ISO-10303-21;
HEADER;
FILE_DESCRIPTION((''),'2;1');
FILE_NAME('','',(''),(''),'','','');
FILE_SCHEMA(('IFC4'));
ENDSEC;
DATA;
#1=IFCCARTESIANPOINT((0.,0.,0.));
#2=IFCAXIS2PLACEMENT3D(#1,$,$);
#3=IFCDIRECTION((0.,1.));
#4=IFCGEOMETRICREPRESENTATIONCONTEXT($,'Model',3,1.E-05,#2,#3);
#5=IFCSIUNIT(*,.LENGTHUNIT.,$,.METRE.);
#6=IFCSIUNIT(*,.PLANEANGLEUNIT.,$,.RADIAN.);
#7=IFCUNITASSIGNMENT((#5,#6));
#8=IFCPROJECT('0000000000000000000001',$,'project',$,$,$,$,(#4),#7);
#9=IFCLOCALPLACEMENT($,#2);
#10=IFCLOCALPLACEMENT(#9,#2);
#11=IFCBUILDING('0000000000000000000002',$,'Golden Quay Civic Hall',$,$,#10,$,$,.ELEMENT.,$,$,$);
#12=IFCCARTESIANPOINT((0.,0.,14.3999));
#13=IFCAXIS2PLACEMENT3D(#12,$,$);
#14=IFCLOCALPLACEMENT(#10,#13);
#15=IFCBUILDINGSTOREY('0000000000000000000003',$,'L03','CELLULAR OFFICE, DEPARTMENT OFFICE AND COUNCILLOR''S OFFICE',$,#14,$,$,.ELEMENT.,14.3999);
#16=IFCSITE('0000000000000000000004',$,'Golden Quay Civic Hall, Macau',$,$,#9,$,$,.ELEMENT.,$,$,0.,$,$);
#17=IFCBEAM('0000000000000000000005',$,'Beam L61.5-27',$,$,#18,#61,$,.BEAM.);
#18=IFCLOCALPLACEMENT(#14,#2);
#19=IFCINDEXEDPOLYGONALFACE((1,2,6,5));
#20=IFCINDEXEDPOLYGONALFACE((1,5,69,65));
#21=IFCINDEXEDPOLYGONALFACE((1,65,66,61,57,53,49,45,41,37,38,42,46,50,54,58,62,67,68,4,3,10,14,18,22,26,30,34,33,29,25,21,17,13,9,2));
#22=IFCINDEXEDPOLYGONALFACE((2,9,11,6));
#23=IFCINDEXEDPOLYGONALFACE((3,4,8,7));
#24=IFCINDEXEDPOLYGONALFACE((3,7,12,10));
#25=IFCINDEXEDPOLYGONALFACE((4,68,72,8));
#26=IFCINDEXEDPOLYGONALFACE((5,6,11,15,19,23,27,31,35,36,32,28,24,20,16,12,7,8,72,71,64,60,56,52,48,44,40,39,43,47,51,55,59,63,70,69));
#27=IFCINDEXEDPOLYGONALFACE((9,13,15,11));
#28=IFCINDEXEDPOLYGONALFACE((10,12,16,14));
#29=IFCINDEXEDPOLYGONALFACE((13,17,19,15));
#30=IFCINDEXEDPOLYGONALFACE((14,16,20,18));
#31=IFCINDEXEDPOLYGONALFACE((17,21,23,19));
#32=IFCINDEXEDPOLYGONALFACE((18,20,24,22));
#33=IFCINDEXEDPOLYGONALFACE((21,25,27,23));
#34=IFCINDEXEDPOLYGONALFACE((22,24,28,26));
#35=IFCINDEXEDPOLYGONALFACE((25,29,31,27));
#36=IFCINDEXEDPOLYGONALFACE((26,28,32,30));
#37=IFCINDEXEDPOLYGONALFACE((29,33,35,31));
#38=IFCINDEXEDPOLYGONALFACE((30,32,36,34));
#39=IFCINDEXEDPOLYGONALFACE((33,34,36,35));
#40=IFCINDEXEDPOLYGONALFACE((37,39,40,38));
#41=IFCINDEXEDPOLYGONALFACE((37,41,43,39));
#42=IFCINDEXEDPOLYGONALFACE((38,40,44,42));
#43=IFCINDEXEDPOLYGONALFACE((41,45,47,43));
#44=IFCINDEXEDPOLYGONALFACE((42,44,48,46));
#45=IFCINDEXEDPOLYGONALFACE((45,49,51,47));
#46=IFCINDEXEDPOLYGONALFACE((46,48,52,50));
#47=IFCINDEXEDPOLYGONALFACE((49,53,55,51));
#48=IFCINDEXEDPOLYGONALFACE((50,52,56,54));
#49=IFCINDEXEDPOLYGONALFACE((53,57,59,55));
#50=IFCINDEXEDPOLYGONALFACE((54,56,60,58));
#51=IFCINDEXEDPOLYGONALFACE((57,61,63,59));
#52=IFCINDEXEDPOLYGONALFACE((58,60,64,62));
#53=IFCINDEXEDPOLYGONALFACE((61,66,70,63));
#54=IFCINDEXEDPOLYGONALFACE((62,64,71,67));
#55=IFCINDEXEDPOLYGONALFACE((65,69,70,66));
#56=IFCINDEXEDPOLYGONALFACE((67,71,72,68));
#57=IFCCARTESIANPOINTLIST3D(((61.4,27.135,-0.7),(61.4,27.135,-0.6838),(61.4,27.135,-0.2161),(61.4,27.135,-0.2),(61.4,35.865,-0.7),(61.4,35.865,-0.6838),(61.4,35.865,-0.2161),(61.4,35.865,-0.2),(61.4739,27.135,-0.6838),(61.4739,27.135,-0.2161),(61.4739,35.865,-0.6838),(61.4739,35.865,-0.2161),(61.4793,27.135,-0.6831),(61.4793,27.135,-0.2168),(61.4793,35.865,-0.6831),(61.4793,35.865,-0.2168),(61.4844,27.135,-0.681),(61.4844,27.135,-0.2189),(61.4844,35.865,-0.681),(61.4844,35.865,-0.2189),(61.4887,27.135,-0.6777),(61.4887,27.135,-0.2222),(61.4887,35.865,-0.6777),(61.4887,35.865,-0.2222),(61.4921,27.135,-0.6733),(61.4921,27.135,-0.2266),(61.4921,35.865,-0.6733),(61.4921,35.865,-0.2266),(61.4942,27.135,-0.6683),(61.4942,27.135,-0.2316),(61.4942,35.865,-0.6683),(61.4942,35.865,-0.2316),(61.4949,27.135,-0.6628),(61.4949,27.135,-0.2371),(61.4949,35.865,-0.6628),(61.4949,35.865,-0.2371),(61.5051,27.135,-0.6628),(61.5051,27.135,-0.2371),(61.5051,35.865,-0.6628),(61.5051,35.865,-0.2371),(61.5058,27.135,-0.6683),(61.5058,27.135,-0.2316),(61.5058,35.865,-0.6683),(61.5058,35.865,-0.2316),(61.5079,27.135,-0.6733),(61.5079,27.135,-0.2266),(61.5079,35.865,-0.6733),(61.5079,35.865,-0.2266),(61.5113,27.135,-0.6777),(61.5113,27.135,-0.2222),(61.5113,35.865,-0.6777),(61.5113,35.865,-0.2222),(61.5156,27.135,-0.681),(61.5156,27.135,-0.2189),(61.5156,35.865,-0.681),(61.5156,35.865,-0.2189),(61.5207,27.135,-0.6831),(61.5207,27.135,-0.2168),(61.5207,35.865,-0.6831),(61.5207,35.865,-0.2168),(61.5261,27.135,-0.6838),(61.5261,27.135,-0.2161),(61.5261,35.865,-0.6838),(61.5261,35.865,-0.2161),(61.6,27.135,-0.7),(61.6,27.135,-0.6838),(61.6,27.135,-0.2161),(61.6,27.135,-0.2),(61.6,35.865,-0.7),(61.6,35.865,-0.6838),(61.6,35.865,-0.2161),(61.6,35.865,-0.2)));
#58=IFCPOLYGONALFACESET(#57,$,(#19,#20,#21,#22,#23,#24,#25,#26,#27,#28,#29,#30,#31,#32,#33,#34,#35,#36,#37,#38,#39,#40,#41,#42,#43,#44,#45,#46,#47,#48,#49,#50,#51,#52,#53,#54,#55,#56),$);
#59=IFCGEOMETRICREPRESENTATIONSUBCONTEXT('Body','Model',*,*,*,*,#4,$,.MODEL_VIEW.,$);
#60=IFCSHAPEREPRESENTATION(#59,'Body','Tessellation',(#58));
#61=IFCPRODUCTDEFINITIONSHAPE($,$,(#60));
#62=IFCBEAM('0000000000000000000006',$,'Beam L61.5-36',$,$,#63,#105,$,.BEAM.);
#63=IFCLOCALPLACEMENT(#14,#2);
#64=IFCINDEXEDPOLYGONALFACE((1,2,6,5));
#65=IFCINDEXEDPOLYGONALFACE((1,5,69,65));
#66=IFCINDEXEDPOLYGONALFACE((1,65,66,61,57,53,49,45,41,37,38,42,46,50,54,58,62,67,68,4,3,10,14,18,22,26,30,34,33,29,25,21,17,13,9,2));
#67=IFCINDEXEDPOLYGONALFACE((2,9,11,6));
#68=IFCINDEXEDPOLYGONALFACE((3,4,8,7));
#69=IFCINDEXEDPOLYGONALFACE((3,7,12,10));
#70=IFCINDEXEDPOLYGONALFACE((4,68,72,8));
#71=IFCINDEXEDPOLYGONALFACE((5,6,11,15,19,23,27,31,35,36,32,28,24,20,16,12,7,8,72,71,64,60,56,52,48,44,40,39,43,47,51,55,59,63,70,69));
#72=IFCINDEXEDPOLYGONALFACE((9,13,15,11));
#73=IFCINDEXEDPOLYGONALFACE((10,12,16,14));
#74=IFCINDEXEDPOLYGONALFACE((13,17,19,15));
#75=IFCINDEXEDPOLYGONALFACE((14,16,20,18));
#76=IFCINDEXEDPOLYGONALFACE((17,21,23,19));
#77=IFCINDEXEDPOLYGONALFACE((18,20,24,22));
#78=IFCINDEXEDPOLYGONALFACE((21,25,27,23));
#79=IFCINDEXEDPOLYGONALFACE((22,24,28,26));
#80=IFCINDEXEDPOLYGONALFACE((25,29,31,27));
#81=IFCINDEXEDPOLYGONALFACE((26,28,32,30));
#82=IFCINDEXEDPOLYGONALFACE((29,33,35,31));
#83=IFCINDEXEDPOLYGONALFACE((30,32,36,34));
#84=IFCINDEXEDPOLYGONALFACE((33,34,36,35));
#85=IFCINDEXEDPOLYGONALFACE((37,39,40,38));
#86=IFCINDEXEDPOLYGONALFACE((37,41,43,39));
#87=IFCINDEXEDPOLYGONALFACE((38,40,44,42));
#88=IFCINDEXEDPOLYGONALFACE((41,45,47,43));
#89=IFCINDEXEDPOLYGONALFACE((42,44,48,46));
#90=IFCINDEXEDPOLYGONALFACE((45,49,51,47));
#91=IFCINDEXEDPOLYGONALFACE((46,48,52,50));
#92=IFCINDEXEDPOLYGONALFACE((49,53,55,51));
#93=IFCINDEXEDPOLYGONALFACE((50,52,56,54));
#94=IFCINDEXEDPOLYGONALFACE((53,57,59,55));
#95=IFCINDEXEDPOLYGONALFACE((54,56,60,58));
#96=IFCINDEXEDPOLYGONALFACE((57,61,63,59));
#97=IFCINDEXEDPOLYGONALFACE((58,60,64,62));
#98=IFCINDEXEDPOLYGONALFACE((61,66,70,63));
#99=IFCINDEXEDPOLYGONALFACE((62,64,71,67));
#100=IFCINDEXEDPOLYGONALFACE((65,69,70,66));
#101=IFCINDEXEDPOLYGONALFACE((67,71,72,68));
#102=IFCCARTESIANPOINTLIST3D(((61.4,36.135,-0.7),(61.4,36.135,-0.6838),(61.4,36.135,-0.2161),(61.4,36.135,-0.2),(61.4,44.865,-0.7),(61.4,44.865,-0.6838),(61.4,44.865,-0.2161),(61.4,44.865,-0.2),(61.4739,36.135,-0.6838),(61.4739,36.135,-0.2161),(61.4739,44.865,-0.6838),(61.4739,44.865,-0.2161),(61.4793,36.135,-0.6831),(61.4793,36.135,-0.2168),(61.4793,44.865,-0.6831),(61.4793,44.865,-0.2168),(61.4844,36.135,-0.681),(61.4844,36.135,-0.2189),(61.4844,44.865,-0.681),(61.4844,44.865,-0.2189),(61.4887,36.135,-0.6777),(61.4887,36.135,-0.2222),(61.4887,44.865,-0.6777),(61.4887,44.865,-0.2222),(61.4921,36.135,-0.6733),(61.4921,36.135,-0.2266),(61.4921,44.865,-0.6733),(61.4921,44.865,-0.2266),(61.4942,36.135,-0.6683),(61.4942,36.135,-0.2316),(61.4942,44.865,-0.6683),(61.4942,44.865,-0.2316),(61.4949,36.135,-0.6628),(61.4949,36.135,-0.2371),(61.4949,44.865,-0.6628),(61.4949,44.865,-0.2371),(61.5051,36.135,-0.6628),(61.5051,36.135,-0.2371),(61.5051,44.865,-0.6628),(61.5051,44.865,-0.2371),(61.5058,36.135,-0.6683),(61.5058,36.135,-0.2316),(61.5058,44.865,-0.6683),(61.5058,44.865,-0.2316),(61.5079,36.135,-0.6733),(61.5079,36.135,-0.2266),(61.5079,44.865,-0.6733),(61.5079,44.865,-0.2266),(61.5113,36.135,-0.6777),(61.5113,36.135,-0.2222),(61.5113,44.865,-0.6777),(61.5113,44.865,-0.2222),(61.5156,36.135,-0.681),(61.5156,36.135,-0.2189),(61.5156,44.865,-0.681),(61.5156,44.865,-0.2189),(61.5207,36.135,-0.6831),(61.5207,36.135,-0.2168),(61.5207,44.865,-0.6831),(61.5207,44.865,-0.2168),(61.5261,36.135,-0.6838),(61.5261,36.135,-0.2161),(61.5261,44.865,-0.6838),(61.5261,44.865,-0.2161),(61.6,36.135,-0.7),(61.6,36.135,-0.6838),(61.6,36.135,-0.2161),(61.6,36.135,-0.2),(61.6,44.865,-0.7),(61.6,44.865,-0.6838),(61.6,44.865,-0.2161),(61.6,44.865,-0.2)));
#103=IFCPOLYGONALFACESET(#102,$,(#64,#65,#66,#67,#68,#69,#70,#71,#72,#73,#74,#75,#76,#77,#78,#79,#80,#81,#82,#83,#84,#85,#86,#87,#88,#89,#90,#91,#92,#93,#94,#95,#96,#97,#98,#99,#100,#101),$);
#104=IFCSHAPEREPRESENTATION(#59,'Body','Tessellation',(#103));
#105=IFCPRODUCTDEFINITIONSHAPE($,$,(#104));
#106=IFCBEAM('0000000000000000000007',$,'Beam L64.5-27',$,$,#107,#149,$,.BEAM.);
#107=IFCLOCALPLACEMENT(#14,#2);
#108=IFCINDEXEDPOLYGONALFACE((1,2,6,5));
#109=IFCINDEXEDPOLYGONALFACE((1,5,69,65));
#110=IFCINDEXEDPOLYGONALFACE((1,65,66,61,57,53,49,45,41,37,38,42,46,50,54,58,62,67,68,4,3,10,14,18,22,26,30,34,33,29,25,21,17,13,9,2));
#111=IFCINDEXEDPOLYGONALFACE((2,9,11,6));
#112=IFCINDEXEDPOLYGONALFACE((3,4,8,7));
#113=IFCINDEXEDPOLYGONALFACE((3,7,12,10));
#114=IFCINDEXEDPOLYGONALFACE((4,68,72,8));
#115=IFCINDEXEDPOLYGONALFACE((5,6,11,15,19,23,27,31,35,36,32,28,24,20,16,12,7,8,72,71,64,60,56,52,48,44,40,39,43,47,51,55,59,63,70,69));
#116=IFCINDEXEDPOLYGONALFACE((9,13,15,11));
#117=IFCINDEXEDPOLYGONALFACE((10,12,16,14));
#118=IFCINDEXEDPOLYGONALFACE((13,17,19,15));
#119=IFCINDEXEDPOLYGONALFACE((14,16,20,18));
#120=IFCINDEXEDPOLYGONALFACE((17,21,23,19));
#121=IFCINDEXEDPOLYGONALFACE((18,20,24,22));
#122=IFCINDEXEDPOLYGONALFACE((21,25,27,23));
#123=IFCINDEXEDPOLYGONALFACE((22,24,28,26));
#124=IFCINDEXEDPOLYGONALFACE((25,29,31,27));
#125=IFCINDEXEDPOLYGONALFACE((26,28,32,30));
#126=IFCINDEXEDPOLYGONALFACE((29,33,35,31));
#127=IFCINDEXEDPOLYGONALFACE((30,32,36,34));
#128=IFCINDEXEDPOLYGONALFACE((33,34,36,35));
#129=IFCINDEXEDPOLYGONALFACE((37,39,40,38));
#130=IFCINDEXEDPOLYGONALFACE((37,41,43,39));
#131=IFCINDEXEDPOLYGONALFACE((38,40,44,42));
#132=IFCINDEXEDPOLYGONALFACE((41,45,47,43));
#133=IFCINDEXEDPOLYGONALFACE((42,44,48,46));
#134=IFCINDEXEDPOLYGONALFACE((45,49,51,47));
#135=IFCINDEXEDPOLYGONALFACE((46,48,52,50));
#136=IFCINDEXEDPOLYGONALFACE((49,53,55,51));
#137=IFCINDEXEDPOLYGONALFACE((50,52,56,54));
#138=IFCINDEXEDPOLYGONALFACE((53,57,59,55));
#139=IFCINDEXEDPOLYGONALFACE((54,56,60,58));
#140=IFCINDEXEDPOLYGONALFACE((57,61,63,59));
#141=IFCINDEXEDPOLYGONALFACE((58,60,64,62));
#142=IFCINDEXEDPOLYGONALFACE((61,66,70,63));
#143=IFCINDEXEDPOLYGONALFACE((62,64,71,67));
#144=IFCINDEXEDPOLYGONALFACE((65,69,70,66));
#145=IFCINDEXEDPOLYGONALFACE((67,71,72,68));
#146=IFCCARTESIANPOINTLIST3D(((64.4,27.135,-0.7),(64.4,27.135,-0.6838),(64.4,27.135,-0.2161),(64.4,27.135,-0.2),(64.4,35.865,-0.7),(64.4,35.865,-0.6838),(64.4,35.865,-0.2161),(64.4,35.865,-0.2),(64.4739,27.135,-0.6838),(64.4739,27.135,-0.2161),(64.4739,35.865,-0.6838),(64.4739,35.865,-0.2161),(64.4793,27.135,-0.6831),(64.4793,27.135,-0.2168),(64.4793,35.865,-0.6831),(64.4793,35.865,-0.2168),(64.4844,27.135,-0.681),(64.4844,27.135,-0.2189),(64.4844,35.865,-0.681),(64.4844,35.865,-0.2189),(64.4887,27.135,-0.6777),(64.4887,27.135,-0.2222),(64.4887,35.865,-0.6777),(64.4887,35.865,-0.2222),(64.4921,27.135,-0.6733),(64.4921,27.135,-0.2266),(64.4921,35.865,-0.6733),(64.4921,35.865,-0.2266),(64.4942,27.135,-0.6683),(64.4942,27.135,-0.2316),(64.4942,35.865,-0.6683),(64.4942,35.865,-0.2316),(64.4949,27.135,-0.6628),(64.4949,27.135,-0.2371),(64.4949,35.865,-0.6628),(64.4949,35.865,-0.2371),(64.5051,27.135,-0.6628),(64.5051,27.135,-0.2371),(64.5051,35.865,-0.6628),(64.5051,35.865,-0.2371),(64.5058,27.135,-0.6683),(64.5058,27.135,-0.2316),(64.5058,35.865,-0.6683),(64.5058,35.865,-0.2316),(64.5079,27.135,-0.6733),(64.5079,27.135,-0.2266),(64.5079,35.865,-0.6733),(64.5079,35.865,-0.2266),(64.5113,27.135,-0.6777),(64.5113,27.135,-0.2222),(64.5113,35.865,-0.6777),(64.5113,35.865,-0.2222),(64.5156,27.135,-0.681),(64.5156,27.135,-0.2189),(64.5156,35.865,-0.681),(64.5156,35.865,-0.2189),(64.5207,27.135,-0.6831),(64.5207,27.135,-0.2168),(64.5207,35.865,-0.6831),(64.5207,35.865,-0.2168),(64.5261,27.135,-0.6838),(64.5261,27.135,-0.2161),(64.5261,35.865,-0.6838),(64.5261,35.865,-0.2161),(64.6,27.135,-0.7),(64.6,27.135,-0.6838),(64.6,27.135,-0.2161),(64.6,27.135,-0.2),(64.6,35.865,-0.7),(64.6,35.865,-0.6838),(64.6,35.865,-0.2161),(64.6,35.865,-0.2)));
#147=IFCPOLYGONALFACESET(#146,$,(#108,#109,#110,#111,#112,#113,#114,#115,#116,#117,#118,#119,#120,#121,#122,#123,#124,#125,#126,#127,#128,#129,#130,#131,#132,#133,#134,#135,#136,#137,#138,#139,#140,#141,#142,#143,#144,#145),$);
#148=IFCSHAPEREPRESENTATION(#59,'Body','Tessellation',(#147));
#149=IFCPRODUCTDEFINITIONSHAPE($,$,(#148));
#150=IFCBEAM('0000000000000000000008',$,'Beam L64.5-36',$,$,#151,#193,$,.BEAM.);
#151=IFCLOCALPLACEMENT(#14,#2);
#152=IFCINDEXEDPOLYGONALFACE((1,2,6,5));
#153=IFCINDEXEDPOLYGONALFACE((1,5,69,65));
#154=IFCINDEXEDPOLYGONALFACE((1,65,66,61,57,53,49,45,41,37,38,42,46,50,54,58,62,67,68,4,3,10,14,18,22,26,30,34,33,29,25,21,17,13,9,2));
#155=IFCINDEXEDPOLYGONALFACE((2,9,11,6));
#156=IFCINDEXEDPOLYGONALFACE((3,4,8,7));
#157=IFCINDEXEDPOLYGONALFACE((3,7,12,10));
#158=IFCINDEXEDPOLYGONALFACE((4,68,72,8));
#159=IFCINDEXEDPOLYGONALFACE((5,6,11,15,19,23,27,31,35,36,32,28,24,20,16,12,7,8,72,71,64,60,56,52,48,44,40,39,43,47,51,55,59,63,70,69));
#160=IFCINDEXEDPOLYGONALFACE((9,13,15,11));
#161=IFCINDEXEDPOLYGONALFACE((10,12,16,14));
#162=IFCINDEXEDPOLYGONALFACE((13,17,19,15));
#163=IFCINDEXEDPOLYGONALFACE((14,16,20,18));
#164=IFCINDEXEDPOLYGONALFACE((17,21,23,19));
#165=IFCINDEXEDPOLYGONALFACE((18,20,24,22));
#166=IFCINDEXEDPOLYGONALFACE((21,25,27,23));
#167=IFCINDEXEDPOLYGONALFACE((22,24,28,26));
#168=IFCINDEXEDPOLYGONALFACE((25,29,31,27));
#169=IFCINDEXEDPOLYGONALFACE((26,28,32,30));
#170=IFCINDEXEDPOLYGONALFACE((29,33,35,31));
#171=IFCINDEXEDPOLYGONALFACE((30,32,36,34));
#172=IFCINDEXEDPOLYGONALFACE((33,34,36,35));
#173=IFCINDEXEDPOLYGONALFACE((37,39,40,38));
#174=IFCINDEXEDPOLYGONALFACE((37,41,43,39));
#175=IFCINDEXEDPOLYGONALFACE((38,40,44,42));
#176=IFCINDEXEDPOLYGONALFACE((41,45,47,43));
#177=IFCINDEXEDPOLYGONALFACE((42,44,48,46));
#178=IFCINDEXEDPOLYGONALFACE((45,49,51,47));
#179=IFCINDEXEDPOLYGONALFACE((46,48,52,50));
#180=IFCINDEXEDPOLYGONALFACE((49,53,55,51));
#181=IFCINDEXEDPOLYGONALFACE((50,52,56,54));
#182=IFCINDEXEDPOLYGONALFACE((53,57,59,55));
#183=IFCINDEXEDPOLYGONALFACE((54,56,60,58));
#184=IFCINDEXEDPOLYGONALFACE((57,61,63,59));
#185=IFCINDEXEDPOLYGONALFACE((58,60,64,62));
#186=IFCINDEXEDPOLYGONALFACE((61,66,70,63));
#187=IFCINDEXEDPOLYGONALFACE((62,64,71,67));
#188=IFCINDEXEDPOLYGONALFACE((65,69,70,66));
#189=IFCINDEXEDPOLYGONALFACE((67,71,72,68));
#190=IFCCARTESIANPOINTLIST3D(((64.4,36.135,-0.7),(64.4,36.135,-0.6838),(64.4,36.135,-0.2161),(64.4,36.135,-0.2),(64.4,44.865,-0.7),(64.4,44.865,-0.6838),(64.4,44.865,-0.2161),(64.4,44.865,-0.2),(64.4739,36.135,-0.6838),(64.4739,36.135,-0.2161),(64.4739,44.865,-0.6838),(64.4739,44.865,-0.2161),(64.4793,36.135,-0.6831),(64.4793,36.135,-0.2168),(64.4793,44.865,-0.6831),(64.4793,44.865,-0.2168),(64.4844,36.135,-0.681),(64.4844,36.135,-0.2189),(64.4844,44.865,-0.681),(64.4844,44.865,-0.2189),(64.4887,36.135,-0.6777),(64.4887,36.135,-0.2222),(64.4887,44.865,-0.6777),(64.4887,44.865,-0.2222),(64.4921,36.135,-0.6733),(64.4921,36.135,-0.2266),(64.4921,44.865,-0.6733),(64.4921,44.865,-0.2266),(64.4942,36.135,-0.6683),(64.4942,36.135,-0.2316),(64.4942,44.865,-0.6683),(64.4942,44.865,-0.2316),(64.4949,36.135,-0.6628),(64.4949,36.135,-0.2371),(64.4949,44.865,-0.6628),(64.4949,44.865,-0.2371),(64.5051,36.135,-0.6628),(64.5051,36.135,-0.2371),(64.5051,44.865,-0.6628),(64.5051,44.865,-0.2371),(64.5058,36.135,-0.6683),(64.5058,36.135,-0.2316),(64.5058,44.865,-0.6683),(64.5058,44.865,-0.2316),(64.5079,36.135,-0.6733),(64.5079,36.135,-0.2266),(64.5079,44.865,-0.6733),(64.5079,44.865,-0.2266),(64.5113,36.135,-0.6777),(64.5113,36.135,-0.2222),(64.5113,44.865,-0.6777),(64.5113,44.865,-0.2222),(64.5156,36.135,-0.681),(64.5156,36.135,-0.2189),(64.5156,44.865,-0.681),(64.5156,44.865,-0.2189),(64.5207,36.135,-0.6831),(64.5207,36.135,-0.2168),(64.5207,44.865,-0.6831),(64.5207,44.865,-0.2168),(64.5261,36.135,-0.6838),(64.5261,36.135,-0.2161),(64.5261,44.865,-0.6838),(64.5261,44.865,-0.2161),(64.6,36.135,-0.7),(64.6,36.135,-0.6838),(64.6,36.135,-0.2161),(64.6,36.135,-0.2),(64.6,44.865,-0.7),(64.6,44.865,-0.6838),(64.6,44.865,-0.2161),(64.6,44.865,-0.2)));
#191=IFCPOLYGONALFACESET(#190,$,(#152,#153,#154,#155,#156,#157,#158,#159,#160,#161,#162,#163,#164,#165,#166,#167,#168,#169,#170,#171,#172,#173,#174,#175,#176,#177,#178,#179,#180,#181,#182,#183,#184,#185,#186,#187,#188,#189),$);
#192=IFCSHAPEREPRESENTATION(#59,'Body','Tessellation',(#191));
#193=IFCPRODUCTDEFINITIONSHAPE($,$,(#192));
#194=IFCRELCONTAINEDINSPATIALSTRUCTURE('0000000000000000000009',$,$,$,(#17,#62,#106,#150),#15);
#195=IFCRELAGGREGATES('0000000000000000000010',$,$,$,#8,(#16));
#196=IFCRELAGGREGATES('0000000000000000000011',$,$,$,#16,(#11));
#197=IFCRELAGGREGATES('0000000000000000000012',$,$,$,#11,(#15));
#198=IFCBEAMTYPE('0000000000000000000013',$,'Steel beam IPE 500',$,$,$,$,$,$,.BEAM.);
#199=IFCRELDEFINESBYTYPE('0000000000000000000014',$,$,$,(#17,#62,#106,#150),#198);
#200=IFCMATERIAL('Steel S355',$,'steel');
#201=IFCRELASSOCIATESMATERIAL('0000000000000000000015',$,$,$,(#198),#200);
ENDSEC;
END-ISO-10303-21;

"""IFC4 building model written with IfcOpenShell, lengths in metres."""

from ifc_helpers import new_model, si_unit, direction, frame, origin, origin_2d, place, context, subcontext, project, spatial, i_section, extrude, material, material_profile, profile_set, type_object, element, save


model = new_model("IFC4")

# Units and contexts
model_context = context("Model", 3, precision=1e-05, world=origin(), true_north=direction((0.0, 1.0)))
body_context = subcontext(model_context, "Body", "Model", "MODEL_VIEW")
ifc_project = project(units=[si_unit("LENGTHUNIT", "METRE"), si_unit("PLANEANGLEUNIT", "RADIAN")], contexts=[model_context])

# Site, building, storey
site_placement = place(None, origin())
site = spatial("IfcSite", under=ifc_project, at=site_placement, Name="Golden Quay Civic Hall, Macau", CompositionType="ELEMENT", RefElevation=0.0)
building_placement = place(site_placement, origin())
building = spatial("IfcBuilding", under=site, at=building_placement, Name="Golden Quay Civic Hall", CompositionType="ELEMENT")
storey_placement = place(building_placement, frame((0.0, 0.0, 14.3999)))
storey = spatial("IfcBuildingStorey", under=building, at=storey_placement, Name="L03", Description="CELLULAR OFFICE, DEPARTMENT OFFICE AND COUNCILLOR'S OFFICE", CompositionType="ELEMENT", Elevation=14.3999)

# Beams
ifc_material_1 = material(Name="Steel S355", Category="steel")
ifc_material_profile_1 = material_profile(ifc_material_1, i_section(OverallWidth=0.2, OverallDepth=0.5, WebThickness=0.0103, FlangeThickness=0.0161, FilletRadius=0.021, at=origin_2d()), Name="IPE 500")
ifc_profile_set_1 = profile_set([ifc_material_profile_1], Name="Steel S355")
beam_type_1 = type_object("IfcBeamType", Name="Steel beam IPE 500", PredefinedType="BEAM", material=ifc_profile_set_1)
for number, where, z_axis, x_axis, name in (
    (1, (61.5, 27.135, -0.45), (0.0, 1.0, 0.0), (-1.0, 0.0, 0.0), "Beam L61.5-27"),
    (2, (61.5, 36.135, -0.45), (0.0, 1.0, 0.0), (-1.0, 0.0, 0.0), "Beam L61.5-36"),
    (3, (64.5, 27.135, -0.45), (0.0, 1.0, 0.0), (-1.0, 0.0, 0.0), "Beam L64.5-27"),
    (4, (64.5, 36.135, -0.45), (0.0, 1.0, 0.0), (-1.0, 0.0, 0.0), "Beam L64.5-36"),
):
    element("IfcBeam", number, at=place(storey_placement, frame(where, z_axis=z_axis, x_axis=x_axis)), inside=storey, type_object=beam_type_1, Name=name, PredefinedType="BEAM", context=body_context, shape_type="SweptSolid", body=[
        extrude(i_section(OverallWidth=0.2, OverallDepth=0.5, WebThickness=0.0103, FlangeThickness=0.0161, FilletRadius=0.021, at=origin_2d()), origin(), (0.0, 0.0, 1.0), 8.73),
    ])

save(model, "model.ifc")
